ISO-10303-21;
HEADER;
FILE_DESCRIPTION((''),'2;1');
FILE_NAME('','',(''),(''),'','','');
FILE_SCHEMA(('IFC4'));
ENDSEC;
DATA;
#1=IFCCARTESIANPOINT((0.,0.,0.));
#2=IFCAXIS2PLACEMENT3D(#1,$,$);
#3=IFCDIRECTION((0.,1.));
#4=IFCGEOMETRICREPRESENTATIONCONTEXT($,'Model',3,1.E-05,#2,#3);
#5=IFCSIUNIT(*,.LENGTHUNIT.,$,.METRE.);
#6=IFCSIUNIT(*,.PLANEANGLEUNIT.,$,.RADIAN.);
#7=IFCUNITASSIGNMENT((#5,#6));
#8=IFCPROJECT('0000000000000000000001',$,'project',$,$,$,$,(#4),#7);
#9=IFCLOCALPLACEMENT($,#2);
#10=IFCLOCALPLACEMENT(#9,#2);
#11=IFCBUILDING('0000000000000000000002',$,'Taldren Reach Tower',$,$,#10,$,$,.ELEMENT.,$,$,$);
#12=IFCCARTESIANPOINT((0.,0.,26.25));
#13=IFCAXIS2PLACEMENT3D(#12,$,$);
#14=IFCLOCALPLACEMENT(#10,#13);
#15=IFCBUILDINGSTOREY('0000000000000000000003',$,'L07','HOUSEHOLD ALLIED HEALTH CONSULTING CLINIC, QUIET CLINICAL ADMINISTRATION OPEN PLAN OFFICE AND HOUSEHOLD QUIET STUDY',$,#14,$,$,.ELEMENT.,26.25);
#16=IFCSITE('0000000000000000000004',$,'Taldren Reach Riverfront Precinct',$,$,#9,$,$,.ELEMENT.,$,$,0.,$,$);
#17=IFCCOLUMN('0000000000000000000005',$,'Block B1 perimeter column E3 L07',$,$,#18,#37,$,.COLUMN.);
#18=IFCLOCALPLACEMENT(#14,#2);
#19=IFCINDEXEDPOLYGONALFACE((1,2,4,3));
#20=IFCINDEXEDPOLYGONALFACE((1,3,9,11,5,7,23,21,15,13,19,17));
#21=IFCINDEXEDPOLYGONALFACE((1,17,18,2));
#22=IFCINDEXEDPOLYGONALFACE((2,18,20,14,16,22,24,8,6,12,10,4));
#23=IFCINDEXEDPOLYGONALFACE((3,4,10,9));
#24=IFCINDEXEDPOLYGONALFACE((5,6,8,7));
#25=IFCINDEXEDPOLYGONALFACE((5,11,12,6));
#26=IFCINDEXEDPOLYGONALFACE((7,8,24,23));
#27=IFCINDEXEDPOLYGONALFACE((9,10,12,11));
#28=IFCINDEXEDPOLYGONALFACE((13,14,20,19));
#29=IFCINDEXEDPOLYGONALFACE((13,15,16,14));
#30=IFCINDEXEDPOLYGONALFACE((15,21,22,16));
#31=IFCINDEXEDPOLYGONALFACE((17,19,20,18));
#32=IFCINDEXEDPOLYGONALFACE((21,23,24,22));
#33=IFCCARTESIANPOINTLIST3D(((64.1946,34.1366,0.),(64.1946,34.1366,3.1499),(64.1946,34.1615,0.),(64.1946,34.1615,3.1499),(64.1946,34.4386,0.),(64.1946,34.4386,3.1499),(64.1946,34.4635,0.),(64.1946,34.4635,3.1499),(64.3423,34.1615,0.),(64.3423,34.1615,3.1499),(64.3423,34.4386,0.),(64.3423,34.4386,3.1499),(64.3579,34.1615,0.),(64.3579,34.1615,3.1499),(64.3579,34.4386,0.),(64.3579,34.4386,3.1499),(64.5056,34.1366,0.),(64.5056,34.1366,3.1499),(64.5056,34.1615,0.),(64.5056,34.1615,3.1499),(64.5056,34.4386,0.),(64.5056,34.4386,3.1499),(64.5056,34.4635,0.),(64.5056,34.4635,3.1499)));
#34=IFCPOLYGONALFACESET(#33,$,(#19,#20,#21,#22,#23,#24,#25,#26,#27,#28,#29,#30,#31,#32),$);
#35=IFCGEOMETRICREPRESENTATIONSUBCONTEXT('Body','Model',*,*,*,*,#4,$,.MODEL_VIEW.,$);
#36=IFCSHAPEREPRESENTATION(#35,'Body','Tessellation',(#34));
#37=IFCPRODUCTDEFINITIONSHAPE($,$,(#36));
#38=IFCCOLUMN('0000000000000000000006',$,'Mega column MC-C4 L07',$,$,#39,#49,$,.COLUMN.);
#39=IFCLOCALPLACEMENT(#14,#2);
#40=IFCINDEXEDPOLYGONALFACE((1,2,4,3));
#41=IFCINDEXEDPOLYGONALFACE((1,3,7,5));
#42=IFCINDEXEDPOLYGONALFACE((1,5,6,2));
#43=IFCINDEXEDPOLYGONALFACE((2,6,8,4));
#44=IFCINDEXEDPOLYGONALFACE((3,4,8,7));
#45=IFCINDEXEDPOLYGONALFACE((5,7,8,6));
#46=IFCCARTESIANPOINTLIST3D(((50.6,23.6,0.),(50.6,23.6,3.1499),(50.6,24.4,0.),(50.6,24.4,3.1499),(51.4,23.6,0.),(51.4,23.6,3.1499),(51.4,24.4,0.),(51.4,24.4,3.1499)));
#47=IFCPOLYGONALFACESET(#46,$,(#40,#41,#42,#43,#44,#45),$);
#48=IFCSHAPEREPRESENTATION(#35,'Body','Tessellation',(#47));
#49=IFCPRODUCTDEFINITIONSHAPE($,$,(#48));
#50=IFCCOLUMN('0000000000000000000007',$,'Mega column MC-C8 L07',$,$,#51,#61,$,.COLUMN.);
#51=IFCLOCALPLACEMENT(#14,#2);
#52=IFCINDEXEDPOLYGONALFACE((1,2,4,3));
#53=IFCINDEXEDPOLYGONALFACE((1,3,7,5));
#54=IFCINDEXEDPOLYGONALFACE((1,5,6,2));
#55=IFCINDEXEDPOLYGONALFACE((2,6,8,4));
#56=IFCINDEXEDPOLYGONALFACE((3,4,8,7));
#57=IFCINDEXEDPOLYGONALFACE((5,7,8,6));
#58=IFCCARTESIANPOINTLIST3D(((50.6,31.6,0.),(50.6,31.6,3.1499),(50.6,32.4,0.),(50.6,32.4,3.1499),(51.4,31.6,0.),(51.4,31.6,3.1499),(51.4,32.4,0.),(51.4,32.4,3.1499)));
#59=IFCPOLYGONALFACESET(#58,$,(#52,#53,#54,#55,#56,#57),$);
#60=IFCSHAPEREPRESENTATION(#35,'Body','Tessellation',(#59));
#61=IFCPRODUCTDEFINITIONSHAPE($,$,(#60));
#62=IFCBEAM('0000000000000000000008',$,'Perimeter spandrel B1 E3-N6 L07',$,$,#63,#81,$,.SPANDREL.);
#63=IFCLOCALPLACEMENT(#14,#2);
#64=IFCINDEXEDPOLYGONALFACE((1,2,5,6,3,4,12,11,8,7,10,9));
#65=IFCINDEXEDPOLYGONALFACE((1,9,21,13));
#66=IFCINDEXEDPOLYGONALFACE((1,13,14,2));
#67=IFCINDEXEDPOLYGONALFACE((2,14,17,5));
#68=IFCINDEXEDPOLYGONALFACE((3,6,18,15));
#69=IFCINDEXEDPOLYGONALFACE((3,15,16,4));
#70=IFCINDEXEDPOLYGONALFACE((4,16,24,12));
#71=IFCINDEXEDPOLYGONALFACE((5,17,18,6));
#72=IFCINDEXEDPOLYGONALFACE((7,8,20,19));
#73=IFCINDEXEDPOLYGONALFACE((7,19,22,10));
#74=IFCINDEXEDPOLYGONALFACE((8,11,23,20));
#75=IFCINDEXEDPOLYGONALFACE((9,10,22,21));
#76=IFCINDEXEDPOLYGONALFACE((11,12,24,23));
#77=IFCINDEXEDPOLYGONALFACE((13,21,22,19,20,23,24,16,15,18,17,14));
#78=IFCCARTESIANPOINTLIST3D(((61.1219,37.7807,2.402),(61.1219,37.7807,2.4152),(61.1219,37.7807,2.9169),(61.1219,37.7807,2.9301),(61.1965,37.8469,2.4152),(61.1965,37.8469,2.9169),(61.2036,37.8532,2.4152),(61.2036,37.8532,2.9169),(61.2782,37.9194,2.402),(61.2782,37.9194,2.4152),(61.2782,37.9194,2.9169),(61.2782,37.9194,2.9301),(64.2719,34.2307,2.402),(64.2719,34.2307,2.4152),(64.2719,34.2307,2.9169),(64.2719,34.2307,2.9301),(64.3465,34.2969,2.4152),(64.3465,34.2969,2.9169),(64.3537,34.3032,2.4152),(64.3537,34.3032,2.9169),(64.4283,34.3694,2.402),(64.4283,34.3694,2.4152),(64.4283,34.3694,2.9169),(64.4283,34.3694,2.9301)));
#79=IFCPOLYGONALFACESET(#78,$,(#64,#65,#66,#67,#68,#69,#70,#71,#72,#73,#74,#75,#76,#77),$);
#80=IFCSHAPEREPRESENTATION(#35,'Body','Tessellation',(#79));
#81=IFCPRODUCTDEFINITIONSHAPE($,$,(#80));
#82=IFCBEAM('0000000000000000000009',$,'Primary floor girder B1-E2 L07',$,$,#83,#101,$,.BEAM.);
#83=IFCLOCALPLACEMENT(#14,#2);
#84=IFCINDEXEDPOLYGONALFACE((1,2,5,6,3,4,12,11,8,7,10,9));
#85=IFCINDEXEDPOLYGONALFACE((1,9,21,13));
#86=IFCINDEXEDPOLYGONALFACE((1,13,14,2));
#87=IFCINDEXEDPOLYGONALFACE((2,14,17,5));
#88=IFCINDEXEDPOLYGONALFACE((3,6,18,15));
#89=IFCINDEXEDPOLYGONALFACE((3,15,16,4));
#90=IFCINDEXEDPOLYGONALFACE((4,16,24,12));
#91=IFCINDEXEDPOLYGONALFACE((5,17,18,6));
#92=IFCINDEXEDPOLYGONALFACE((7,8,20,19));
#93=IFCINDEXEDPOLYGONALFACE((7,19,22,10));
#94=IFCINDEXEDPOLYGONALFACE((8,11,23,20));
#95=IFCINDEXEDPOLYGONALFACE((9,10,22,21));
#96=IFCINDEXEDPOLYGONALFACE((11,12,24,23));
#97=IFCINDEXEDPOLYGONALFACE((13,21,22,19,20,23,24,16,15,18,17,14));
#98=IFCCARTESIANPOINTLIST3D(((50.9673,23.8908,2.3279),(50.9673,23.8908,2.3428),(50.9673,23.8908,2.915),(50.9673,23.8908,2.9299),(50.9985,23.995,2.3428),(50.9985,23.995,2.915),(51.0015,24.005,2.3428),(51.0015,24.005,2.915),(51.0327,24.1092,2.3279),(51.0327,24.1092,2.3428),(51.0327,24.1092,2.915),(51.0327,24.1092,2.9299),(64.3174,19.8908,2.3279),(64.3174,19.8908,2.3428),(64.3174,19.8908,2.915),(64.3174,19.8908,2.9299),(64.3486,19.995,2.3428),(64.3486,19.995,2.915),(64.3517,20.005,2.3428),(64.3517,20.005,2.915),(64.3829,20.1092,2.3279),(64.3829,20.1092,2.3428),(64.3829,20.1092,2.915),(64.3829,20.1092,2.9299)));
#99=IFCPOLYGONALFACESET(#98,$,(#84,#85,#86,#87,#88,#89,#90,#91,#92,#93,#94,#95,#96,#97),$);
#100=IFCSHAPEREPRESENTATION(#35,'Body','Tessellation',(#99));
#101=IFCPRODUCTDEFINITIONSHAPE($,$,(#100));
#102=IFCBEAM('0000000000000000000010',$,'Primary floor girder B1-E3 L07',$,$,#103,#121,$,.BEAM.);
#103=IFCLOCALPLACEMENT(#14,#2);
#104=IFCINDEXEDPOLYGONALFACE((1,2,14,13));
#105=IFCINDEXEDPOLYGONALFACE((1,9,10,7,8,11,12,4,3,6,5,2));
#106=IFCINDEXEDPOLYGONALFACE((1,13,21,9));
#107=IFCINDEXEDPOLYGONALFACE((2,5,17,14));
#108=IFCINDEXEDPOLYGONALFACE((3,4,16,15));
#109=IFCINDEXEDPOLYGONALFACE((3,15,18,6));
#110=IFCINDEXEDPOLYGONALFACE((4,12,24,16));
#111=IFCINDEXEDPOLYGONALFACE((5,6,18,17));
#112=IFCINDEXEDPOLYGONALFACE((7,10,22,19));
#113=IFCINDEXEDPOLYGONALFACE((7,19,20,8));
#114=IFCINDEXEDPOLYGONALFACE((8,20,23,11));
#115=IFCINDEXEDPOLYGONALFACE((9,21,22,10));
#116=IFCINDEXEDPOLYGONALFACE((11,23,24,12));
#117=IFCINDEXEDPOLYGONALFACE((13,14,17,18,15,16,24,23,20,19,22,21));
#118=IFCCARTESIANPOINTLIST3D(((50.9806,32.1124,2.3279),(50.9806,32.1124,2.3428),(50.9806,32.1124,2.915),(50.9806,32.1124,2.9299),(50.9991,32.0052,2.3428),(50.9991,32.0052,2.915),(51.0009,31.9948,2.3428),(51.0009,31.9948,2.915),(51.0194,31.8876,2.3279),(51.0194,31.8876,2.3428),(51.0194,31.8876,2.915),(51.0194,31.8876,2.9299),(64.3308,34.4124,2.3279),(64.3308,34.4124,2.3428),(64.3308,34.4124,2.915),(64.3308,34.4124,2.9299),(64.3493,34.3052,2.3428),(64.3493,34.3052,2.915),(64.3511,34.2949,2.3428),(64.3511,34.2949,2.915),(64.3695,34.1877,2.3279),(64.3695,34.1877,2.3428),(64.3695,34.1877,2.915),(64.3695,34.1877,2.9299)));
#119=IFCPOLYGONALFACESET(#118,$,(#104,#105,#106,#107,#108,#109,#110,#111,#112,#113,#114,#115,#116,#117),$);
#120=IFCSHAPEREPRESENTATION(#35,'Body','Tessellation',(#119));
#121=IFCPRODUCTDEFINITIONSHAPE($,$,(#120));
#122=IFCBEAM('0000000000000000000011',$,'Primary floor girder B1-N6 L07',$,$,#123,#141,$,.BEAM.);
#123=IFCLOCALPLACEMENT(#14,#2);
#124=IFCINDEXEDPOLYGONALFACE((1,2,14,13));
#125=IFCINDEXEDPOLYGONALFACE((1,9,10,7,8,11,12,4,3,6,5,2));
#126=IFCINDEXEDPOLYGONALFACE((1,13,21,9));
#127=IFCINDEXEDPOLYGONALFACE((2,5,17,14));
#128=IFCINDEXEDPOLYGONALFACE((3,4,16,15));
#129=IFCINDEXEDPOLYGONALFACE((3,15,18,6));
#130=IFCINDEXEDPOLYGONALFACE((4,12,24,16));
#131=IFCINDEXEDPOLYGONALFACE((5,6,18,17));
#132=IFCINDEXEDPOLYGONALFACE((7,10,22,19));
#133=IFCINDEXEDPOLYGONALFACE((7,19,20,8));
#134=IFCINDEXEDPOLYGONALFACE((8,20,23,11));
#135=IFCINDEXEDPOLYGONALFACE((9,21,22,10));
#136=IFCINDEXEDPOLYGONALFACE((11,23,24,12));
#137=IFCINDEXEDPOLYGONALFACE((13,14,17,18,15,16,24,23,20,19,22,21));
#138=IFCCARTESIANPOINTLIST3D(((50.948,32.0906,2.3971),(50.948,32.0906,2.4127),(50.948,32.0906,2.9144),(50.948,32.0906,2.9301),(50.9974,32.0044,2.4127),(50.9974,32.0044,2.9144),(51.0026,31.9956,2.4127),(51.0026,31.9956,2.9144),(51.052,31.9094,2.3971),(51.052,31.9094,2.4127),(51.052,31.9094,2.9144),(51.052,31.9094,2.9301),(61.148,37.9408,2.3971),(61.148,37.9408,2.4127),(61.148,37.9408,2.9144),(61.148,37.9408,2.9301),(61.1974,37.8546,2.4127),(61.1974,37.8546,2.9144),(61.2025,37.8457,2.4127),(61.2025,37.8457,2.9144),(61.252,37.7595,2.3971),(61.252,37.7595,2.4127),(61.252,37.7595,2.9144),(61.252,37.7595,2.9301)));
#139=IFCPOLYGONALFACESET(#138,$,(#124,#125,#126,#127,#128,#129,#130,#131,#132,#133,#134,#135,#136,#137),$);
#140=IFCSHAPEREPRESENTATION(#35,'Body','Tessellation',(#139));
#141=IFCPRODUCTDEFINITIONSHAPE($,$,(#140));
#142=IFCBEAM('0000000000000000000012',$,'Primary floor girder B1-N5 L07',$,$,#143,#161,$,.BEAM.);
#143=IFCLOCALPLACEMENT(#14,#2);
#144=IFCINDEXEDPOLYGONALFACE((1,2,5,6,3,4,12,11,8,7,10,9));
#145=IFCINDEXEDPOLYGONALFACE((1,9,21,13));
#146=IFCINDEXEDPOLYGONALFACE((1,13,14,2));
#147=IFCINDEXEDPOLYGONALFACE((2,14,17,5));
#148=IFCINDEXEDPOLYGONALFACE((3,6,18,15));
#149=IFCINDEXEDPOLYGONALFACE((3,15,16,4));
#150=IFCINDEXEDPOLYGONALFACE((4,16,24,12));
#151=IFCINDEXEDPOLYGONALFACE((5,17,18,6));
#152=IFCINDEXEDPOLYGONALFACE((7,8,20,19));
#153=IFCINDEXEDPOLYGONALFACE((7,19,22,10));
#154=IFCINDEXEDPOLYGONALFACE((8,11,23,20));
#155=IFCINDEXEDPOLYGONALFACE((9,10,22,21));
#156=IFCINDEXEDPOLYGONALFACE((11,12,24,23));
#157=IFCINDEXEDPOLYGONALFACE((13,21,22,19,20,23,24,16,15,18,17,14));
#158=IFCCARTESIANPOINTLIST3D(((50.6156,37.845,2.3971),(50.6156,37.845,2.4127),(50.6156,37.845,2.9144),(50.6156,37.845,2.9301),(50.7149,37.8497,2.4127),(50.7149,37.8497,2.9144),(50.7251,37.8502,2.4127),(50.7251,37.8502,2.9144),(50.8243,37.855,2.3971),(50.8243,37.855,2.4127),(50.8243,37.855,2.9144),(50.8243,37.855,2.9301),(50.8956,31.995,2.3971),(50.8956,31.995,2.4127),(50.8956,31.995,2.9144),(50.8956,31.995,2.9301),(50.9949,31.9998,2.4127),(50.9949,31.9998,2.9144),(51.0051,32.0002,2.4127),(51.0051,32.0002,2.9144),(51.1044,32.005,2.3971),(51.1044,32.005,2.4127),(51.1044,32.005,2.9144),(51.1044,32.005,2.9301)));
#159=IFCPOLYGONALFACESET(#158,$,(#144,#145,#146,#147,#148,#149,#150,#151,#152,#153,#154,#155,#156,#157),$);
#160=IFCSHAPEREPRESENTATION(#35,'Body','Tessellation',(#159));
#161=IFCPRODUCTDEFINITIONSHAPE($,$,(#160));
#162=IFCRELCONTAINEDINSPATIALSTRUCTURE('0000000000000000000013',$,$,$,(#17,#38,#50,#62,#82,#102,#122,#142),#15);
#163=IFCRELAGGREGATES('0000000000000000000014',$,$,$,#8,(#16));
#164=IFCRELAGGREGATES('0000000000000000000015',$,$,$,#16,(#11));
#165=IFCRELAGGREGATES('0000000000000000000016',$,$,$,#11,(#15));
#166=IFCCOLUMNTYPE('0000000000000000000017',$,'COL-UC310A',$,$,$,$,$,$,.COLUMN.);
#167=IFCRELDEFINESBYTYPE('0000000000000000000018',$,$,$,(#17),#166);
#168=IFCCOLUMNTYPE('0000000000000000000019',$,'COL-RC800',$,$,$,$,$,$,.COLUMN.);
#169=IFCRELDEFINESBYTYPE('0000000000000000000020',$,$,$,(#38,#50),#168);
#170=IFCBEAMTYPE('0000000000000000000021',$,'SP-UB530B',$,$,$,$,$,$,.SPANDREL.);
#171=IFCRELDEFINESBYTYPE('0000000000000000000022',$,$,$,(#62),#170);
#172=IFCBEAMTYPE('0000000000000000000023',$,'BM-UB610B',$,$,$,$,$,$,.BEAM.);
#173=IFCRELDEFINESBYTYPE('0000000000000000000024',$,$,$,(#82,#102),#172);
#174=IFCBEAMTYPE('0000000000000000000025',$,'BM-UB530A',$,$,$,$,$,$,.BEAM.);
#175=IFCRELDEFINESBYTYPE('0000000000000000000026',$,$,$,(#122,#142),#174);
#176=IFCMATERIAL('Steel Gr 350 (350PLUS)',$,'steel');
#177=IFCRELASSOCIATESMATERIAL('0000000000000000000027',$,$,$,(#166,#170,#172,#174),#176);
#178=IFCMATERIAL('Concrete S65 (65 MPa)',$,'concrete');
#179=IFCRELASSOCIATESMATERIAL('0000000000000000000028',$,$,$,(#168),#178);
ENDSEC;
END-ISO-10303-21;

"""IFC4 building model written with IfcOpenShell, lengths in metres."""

from ifc_helpers import new_model, si_unit, direction, frame, origin, origin_2d, place, context, subcontext, project, spatial, rectangle, i_section, extrude, source, transform, mapped, material, material_profile, profile_set, type_object, element, save


model = new_model("IFC4")

# Units and contexts
model_context = context("Model", 3, precision=1e-05, world=origin(), true_north=direction((0.0, 1.0)))
body_context = subcontext(model_context, "Body", "Model", "MODEL_VIEW")
ifc_project = project(units=[si_unit("LENGTHUNIT", "METRE"), si_unit("PLANEANGLEUNIT", "RADIAN")], contexts=[model_context])

# Site, building, storey
site_placement = place(None, origin())
site = spatial("IfcSite", under=ifc_project, at=site_placement, Name="Taldren Reach Riverfront Precinct", CompositionType="ELEMENT", RefElevation=0.0)
building_placement = place(site_placement, origin())
building = spatial("IfcBuilding", under=site, at=building_placement, Name="Taldren Reach Tower", CompositionType="ELEMENT")
storey_placement = place(building_placement, frame((0.0, 0.0, 26.25)))
storey = spatial("IfcBuildingStorey", under=building, at=storey_placement, Name="L07", Description="HOUSEHOLD ALLIED HEALTH CONSULTING CLINIC, QUIET CLINICAL ADMINISTRATION OPEN PLAN OFFICE AND HOUSEHOLD QUIET STUDY", CompositionType="ELEMENT", Elevation=26.25)

# Columns
ifc_material_1 = material(Name="Steel Gr 350 (350PLUS)", Category="steel")
ifc_material_profile_1 = material_profile(ifc_material_1, i_section(OverallWidth=0.311, OverallDepth=0.3269, WebThickness=0.0156, FlangeThickness=0.0249, at=origin_2d()), Name="310UC158")
ifc_profile_set_1 = profile_set([ifc_material_profile_1], Name="Steel Gr 350 (350PLUS)")
column_type_1 = type_object("IfcColumnType", Name="COL-UC310A", PredefinedType="COLUMN", material=ifc_profile_set_1)
shared_shape_1 = source(origin(), body_context, "Body", "SweptSolid", [
    extrude(i_section(OverallWidth=0.311, OverallDepth=0.3269, WebThickness=0.0156, FlangeThickness=0.0249, at=origin_2d()), origin(), (0.0, 0.0, 1.0), 3.1499),
])
column_placement = place(storey_placement, frame((64.3501, 34.3, 0.0), z_axis=(0.0, 0.0, 1.0), x_axis=(1.0, 0.0, 0.0)))
element("IfcColumn", 1, at=column_placement, inside=storey, type_object=column_type_1, Name="Block B1 perimeter column E3 L07", PredefinedType="COLUMN", context=body_context, shape_type="MappedRepresentation", body=[
    mapped(shared_shape_1, transform((0.0, 0.0, 0.0), scale=1.0)),
])
ifc_material_2 = material(Name="Concrete S65 (65 MPa)", Category="concrete")
ifc_material_profile_2 = material_profile(ifc_material_2, rectangle(XDim=0.8, YDim=0.8, at=origin_2d()), Name="RC-800x800")
ifc_profile_set_2 = profile_set([ifc_material_profile_2], Name="Concrete S65 (65 MPa)")
column_type_2 = type_object("IfcColumnType", Name="COL-RC800", PredefinedType="COLUMN", material=ifc_profile_set_2)
shared_shape_2 = source(origin(), body_context, "Body", "SweptSolid", [
    extrude(rectangle(XDim=0.8, YDim=0.8, at=origin_2d()), origin(), (0.0, 0.0, 1.0), 3.1499),
])
for number, where, z_axis, x_axis, name in (
    (2, (51.0, 24.0, 0.0), (0.0, 0.0, 1.0), (1.0, 0.0, 0.0), "Mega column MC-C4 L07"),
    (3, (51.0, 32.0, 0.0), (0.0, 0.0, 1.0), (1.0, 0.0, 0.0), "Mega column MC-C8 L07"),
):
    element("IfcColumn", number, at=place(storey_placement, frame(where, z_axis=z_axis, x_axis=x_axis)), inside=storey, type_object=column_type_2, Name=name, PredefinedType="COLUMN", context=body_context, shape_type="MappedRepresentation", body=[
        mapped(shared_shape_2, transform((0.0, 0.0, 0.0), scale=1.0)),
    ])

# Beams
ifc_material_profile_3 = material_profile(ifc_material_1, i_section(OverallWidth=0.209, OverallDepth=0.5281, WebThickness=0.0095, FlangeThickness=0.0132, at=origin_2d()), Name="530UB82.0")
ifc_profile_set_3 = profile_set([ifc_material_profile_3], Name="Steel Gr 350 (350PLUS)")
beam_type_1 = type_object("IfcBeamType", Name="SP-UB530B", PredefinedType="SPANDREL", material=ifc_profile_set_3)
shared_shape_3 = source(origin(), body_context, "Body", "SweptSolid", [
    extrude(i_section(OverallWidth=0.209, OverallDepth=0.5281, WebThickness=0.0095, FlangeThickness=0.0132, at=origin_2d()), origin(), (0.0, 0.0, 1.0), 4.7461),
])
beam_1_placement = place(storey_placement, frame((64.3501, 34.3, 2.666), z_axis=(-0.663722, 0.747979, 0.0), x_axis=(-0.747979, -0.663722, 0.0)))
element("IfcBeam", 4, at=beam_1_placement, inside=storey, type_object=beam_type_1, Name="Perimeter spandrel B1 E3-N6 L07", PredefinedType="SPANDREL", context=body_context, shape_type="MappedRepresentation", body=[
    mapped(shared_shape_3, transform((0.0, 0.0, 0.0), scale=1.0)),
])
ifc_material_profile_4 = material_profile(ifc_material_1, i_section(OverallWidth=0.228, OverallDepth=0.6021, WebThickness=0.0105, FlangeThickness=0.0149, at=origin_2d()), Name="610UB101")
ifc_profile_set_4 = profile_set([ifc_material_profile_4], Name="Steel Gr 350 (350PLUS)")
beam_type_2 = type_object("IfcBeamType", Name="BM-UB610B", PredefinedType="BEAM", material=ifc_profile_set_4)
shared_shape_4 = source(origin(), body_context, "Body", "SweptSolid", [
    extrude(i_section(OverallWidth=0.228, OverallDepth=0.6021, WebThickness=0.0105, FlangeThickness=0.0149, at=origin_2d()), origin(), (0.0, 0.0, 1.0), 13.9365),
])
beam_2_placement = place(storey_placement, frame((51.0, 24.0, 2.6289), z_axis=(0.957926, -0.287017, 0.0), x_axis=(0.287017, 0.957926, 0.0)))
element("IfcBeam", 5, at=beam_2_placement, inside=storey, type_object=beam_type_2, Name="Primary floor girder B1-E2 L07", PredefinedType="BEAM", context=body_context, shape_type="MappedRepresentation", body=[
    mapped(shared_shape_4, transform((0.0, 0.0, 0.0), scale=1.0)),
])
shared_shape_5 = source(origin(), body_context, "Body", "SweptSolid", [
    extrude(i_section(OverallWidth=0.228, OverallDepth=0.6021, WebThickness=0.0105, FlangeThickness=0.0149, at=origin_2d()), origin(), (0.0, 0.0, 1.0), 13.5469),
])
beam_3_placement = place(storey_placement, frame((51.0, 32.0, 2.6289), z_axis=(0.985481, 0.169786, 0.0), x_axis=(-0.169786, 0.985481, 0.0)))
element("IfcBeam", 6, at=beam_3_placement, inside=storey, type_object=beam_type_2, Name="Primary floor girder B1-E3 L07", PredefinedType="BEAM", context=body_context, shape_type="MappedRepresentation", body=[
    mapped(shared_shape_5, transform((0.0, 0.0, 0.0), scale=1.0)),
])
ifc_material_profile_5 = material_profile(ifc_material_1, i_section(OverallWidth=0.209, OverallDepth=0.533, WebThickness=0.0103, FlangeThickness=0.0156, at=origin_2d()), Name="530UB92.4")
ifc_profile_set_5 = profile_set([ifc_material_profile_5], Name="Steel Gr 350 (350PLUS)")
beam_type_3 = type_object("IfcBeamType", Name="BM-UB530A", PredefinedType="BEAM", material=ifc_profile_set_5)
shared_shape_6 = source(origin(), body_context, "Body", "SweptSolid", [
    extrude(i_section(OverallWidth=0.209, OverallDepth=0.533, WebThickness=0.0103, FlangeThickness=0.0156, at=origin_2d()), origin(), (0.0, 0.0, 1.0), 11.7585),
])
beam_4_placement = place(storey_placement, frame((51.0, 32.0, 2.6636), z_axis=(0.867452, 0.49752, 0.0), x_axis=(-0.49752, 0.867452, 0.0)))
element("IfcBeam", 7, at=beam_4_placement, inside=storey, type_object=beam_type_3, Name="Primary floor girder B1-N6 L07", PredefinedType="BEAM", context=body_context, shape_type="MappedRepresentation", body=[
    mapped(shared_shape_6, transform((0.0, 0.0, 0.0), scale=1.0)),
])
shared_shape_7 = source(origin(), body_context, "Body", "SweptSolid", [
    extrude(i_section(OverallWidth=0.209, OverallDepth=0.533, WebThickness=0.0103, FlangeThickness=0.0156, at=origin_2d()), origin(), (0.0, 0.0, 1.0), 5.8567),
])
beam_5_placement = place(storey_placement, frame((51.0, 32.0, 2.6636), z_axis=(-0.047813, 0.998856, 0.0), x_axis=(-0.998856, -0.047813, 0.0)))
element("IfcBeam", 8, at=beam_5_placement, inside=storey, type_object=beam_type_3, Name="Primary floor girder B1-N5 L07", PredefinedType="BEAM", context=body_context, shape_type="MappedRepresentation", body=[
    mapped(shared_shape_7, transform((0.0, 0.0, 0.0), scale=1.0)),
])

save(model, "model.ifc")
